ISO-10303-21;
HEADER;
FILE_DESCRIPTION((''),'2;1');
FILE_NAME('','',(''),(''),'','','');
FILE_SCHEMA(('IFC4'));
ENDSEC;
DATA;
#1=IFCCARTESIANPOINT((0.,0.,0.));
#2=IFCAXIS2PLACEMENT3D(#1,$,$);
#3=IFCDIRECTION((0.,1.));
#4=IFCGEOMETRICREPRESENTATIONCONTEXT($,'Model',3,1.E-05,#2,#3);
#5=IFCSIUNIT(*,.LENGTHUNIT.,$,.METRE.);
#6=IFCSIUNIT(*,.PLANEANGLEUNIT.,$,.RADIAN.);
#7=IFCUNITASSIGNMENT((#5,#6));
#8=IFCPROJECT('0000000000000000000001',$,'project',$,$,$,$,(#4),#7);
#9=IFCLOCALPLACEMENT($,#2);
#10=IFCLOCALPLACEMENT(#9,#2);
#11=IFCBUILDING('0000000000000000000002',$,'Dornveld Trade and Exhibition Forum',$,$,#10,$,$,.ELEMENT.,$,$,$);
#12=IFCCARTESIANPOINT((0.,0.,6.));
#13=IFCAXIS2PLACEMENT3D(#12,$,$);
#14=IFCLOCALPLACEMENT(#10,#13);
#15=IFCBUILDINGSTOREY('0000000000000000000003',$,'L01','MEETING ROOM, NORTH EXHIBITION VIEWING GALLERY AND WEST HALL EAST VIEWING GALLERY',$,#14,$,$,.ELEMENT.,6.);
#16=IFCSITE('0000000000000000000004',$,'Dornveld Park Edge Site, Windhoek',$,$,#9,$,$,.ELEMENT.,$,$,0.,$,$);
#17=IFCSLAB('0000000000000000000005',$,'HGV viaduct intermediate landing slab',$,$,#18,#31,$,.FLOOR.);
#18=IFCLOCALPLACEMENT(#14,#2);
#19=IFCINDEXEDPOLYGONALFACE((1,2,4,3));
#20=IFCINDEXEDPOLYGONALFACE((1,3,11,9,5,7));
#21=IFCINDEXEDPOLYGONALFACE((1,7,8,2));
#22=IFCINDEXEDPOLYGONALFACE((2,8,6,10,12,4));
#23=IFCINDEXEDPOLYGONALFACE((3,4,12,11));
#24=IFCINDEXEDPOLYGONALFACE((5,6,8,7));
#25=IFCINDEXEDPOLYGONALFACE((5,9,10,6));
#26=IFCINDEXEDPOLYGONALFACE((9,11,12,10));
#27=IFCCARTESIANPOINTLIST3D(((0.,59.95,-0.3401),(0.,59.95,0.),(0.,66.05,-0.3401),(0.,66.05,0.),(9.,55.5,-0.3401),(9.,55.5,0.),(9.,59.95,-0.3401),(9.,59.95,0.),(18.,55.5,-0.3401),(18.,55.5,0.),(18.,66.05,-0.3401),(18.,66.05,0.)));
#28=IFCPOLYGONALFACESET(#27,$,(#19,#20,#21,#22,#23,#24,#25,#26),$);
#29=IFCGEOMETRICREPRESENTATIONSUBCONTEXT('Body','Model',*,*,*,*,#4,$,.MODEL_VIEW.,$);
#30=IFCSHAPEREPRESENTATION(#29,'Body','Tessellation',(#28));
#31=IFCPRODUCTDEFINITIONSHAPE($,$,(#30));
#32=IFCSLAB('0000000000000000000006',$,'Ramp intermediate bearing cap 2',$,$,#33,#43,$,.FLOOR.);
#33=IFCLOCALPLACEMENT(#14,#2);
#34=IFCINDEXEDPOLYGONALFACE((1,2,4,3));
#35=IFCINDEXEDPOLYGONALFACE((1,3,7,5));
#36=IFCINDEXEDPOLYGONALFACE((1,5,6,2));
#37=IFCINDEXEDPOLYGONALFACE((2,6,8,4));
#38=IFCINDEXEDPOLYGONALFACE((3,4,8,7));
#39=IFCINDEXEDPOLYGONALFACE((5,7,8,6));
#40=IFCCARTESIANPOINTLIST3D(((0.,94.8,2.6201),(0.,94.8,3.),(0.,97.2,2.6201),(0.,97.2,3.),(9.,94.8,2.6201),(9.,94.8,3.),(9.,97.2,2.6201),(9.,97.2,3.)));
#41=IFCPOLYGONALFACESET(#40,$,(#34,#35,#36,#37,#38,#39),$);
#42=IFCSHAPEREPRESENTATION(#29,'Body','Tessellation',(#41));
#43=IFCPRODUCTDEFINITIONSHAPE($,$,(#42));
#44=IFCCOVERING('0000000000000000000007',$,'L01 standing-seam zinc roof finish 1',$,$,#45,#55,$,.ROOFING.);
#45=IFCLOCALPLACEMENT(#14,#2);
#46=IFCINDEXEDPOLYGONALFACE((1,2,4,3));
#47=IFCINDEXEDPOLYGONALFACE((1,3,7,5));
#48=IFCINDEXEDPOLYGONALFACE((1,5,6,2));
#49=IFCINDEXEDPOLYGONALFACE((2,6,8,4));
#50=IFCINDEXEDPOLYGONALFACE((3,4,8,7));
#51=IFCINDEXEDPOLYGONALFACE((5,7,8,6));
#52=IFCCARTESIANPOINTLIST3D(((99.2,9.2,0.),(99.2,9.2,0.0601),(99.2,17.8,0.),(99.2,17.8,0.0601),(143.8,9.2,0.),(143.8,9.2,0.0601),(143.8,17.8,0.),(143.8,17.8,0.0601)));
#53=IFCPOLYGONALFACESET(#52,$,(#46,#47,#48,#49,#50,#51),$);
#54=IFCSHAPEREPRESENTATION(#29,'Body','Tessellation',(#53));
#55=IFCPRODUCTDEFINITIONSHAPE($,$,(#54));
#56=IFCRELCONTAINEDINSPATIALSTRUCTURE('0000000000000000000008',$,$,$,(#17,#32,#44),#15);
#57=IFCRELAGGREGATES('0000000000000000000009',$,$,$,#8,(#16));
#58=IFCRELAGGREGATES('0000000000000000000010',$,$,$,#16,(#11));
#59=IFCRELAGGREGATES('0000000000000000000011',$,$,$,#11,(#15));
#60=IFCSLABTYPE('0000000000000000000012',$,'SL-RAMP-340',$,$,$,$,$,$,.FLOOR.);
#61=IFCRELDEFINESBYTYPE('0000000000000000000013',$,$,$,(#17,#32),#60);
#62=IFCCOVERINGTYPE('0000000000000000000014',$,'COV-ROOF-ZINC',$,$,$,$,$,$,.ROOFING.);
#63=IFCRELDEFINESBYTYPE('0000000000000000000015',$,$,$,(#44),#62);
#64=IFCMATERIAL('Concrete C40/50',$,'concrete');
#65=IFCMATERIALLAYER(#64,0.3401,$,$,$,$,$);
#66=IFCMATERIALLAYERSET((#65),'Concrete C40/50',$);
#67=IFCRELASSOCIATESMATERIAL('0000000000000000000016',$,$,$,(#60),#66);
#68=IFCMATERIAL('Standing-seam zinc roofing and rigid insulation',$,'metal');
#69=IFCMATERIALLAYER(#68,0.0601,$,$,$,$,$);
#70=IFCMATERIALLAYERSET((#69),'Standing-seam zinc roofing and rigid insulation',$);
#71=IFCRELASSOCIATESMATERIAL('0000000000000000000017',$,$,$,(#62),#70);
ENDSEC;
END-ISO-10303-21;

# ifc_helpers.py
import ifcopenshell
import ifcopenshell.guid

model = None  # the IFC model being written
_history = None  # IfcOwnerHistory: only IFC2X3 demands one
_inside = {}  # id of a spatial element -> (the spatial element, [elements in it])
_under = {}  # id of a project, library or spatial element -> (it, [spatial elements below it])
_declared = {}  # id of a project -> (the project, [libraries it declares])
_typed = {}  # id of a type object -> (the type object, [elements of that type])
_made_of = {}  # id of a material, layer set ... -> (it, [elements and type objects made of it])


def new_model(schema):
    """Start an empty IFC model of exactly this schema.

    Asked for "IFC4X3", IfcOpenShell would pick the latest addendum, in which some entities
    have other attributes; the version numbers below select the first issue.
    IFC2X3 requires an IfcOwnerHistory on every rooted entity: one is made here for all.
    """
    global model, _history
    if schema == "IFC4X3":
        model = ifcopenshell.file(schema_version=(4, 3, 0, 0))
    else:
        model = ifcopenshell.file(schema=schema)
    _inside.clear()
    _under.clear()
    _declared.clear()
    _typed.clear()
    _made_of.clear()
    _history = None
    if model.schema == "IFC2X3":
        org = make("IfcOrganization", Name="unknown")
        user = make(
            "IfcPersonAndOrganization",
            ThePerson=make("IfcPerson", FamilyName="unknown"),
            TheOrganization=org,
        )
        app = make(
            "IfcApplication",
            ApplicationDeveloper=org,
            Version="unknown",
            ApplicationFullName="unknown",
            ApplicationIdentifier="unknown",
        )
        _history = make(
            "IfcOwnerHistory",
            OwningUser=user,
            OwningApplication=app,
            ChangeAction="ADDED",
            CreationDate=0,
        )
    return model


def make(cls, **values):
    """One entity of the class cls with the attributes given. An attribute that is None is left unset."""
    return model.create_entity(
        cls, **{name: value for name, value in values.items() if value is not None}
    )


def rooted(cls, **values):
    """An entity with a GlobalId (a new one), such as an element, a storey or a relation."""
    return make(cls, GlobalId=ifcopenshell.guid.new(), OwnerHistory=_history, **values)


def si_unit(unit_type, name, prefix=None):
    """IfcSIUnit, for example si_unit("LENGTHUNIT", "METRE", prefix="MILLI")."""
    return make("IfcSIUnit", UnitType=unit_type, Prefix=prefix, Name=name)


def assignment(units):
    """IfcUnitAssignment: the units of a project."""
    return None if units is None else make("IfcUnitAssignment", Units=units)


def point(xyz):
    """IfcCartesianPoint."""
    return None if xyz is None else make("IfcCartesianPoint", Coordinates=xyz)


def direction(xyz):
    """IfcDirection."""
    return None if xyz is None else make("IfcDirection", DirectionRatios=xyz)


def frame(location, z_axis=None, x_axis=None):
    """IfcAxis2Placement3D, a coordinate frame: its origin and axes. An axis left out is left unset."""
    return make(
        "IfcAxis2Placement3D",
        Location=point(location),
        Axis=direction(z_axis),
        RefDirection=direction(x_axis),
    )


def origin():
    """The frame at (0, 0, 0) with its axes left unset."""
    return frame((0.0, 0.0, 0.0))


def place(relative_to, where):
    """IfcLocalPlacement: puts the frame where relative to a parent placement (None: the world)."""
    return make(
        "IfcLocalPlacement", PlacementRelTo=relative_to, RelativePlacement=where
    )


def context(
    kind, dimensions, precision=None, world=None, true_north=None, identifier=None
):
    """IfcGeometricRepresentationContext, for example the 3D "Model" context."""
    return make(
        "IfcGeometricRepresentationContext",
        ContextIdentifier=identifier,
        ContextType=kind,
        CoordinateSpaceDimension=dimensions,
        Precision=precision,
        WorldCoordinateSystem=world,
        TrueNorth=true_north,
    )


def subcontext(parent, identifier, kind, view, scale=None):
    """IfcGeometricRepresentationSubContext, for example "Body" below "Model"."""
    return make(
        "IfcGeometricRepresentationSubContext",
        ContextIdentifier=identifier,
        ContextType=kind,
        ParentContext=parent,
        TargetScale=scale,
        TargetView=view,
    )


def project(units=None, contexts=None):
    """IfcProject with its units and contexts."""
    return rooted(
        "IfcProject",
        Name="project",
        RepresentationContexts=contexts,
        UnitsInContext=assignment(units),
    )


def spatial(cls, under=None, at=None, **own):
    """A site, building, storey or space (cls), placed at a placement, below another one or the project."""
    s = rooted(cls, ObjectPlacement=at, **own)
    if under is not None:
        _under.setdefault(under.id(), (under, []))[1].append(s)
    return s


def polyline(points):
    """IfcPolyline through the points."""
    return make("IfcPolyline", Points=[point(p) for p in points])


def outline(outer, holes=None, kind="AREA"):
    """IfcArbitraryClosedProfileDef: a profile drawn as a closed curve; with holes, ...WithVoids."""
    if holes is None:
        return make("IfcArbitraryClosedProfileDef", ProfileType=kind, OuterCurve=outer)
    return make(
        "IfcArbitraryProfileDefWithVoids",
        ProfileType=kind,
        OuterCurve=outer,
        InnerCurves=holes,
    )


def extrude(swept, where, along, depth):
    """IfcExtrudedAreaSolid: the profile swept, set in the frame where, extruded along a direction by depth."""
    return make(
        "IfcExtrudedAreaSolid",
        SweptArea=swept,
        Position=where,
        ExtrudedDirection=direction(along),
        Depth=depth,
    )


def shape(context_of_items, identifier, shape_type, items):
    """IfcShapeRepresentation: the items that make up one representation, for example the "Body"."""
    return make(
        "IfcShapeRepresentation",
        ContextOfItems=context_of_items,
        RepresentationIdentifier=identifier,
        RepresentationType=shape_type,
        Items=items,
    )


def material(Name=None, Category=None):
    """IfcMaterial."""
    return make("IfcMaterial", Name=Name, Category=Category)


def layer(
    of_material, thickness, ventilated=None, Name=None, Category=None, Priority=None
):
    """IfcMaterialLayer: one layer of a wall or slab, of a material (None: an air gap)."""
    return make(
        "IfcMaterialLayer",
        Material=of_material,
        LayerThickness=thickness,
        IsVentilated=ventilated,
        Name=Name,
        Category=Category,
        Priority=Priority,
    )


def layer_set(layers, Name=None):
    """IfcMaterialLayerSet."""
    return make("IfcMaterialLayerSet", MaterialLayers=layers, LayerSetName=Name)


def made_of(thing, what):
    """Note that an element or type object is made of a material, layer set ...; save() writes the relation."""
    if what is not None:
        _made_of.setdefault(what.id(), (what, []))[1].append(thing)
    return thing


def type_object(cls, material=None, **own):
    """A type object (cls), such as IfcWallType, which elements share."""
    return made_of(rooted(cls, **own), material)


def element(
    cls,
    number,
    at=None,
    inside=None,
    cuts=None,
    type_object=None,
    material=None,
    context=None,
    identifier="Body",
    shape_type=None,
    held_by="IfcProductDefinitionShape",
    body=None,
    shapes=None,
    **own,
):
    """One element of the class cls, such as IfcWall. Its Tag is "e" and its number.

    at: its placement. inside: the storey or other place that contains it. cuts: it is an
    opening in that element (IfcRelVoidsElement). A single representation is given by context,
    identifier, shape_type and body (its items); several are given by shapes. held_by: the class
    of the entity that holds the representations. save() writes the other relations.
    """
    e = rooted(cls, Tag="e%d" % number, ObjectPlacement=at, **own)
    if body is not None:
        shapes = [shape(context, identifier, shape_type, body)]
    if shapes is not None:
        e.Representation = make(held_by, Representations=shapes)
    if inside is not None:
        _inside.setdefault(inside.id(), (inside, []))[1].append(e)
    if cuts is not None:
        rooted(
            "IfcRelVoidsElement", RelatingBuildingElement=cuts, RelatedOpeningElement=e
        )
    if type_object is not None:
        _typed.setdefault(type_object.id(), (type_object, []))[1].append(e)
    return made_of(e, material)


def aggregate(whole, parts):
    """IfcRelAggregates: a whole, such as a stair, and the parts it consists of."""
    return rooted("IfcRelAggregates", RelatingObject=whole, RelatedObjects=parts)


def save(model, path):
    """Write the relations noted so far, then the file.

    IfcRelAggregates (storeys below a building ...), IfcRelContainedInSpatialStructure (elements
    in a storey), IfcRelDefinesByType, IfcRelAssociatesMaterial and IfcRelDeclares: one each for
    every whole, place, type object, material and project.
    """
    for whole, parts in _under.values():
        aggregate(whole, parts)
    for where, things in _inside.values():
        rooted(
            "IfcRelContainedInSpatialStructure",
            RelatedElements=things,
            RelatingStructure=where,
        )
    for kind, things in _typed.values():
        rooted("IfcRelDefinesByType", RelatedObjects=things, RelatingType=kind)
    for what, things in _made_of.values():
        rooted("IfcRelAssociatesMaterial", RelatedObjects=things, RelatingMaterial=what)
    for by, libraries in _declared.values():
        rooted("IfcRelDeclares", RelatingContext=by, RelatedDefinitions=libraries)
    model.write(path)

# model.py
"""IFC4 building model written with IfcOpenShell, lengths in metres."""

from ifc_helpers import new_model, si_unit, direction, frame, origin, place, context, subcontext, project, spatial, polyline, outline, extrude, material, layer, layer_set, type_object, element, save


model = new_model("IFC4")

# Units and contexts
model_context = context("Model", 3, precision=1e-05, world=origin(), true_north=direction((0.0, 1.0)))
body_context = subcontext(model_context, "Body", "Model", "MODEL_VIEW")
ifc_project = project(units=[si_unit("LENGTHUNIT", "METRE"), si_unit("PLANEANGLEUNIT", "RADIAN")], contexts=[model_context])

# Site, building, storey
site_placement = place(None, origin())
site = spatial("IfcSite", under=ifc_project, at=site_placement, Name="Dornveld Park Edge Site, Windhoek", CompositionType="ELEMENT", RefElevation=0.0)
building_placement = place(site_placement, origin())
building = spatial("IfcBuilding", under=site, at=building_placement, Name="Dornveld Trade and Exhibition Forum", CompositionType="ELEMENT")
storey_placement = place(building_placement, frame((0.0, 0.0, 6.0)))
storey = spatial("IfcBuildingStorey", under=building, at=storey_placement, Name="L01", Description="MEETING ROOM, NORTH EXHIBITION VIEWING GALLERY AND WEST HALL EAST VIEWING GALLERY", CompositionType="ELEMENT", Elevation=6.0)

# Slabs
ifc_material_1 = material(Name="Concrete C40/50", Category="concrete")
ifc_layer_1 = layer(ifc_material_1, 0.3401)
ifc_layer_set_1 = layer_set([ifc_layer_1], Name="Concrete C40/50")
slab_type_1 = type_object("IfcSlabType", Name="SL-RAMP-340", PredefinedType="FLOOR", material=ifc_layer_set_1)
slab_1_placement = place(storey_placement, frame((0.0, 0.0, -0.3401)))
element("IfcSlab", 1, at=slab_1_placement, inside=storey, type_object=slab_type_1, Name="HGV viaduct intermediate landing slab", PredefinedType="FLOOR", context=body_context, shape_type="SweptSolid", body=[
    extrude(outline(polyline([(0.0, 59.95), (9.0, 59.95), (9.0, 55.5), (18.0, 55.5), (18.0, 66.05), (0.0, 66.05), (0.0, 59.95)])), origin(), (0.0, 0.0, 1.0), 0.3401),
])
slab_2_placement = place(storey_placement, frame((0.0, 0.0, 2.6201)))
element("IfcSlab", 2, at=slab_2_placement, inside=storey, type_object=slab_type_1, Name="Ramp intermediate bearing cap 2", PredefinedType="FLOOR", context=body_context, shape_type="SweptSolid", body=[
    extrude(outline(polyline([(0.0, 94.8), (9.0, 94.8), (9.0, 97.2), (0.0, 97.2), (0.0, 94.8)])), origin(), (0.0, 0.0, 1.0), 0.3799),
])

# Covering
ifc_material_2 = material(Name="Standing-seam zinc roofing and rigid insulation", Category="metal")
ifc_layer_2 = layer(ifc_material_2, 0.0601)
ifc_layer_set_2 = layer_set([ifc_layer_2], Name="Standing-seam zinc roofing and rigid insulation")
covering_type = type_object("IfcCoveringType", Name="COV-ROOF-ZINC", PredefinedType="ROOFING", material=ifc_layer_set_2)
covering_placement = place(storey_placement, origin())
element("IfcCovering", 3, at=covering_placement, inside=storey, type_object=covering_type, Name="L01 standing-seam zinc roof finish 1", PredefinedType="ROOFING", context=body_context, shape_type="SweptSolid", body=[
    extrude(outline(polyline([(99.2, 9.2), (143.8, 9.2), (143.8, 17.8), (99.2, 17.8), (99.2, 9.2)])), origin(), (0.0, 0.0, 1.0), 0.0601),
])

save(model, "model.ifc")
